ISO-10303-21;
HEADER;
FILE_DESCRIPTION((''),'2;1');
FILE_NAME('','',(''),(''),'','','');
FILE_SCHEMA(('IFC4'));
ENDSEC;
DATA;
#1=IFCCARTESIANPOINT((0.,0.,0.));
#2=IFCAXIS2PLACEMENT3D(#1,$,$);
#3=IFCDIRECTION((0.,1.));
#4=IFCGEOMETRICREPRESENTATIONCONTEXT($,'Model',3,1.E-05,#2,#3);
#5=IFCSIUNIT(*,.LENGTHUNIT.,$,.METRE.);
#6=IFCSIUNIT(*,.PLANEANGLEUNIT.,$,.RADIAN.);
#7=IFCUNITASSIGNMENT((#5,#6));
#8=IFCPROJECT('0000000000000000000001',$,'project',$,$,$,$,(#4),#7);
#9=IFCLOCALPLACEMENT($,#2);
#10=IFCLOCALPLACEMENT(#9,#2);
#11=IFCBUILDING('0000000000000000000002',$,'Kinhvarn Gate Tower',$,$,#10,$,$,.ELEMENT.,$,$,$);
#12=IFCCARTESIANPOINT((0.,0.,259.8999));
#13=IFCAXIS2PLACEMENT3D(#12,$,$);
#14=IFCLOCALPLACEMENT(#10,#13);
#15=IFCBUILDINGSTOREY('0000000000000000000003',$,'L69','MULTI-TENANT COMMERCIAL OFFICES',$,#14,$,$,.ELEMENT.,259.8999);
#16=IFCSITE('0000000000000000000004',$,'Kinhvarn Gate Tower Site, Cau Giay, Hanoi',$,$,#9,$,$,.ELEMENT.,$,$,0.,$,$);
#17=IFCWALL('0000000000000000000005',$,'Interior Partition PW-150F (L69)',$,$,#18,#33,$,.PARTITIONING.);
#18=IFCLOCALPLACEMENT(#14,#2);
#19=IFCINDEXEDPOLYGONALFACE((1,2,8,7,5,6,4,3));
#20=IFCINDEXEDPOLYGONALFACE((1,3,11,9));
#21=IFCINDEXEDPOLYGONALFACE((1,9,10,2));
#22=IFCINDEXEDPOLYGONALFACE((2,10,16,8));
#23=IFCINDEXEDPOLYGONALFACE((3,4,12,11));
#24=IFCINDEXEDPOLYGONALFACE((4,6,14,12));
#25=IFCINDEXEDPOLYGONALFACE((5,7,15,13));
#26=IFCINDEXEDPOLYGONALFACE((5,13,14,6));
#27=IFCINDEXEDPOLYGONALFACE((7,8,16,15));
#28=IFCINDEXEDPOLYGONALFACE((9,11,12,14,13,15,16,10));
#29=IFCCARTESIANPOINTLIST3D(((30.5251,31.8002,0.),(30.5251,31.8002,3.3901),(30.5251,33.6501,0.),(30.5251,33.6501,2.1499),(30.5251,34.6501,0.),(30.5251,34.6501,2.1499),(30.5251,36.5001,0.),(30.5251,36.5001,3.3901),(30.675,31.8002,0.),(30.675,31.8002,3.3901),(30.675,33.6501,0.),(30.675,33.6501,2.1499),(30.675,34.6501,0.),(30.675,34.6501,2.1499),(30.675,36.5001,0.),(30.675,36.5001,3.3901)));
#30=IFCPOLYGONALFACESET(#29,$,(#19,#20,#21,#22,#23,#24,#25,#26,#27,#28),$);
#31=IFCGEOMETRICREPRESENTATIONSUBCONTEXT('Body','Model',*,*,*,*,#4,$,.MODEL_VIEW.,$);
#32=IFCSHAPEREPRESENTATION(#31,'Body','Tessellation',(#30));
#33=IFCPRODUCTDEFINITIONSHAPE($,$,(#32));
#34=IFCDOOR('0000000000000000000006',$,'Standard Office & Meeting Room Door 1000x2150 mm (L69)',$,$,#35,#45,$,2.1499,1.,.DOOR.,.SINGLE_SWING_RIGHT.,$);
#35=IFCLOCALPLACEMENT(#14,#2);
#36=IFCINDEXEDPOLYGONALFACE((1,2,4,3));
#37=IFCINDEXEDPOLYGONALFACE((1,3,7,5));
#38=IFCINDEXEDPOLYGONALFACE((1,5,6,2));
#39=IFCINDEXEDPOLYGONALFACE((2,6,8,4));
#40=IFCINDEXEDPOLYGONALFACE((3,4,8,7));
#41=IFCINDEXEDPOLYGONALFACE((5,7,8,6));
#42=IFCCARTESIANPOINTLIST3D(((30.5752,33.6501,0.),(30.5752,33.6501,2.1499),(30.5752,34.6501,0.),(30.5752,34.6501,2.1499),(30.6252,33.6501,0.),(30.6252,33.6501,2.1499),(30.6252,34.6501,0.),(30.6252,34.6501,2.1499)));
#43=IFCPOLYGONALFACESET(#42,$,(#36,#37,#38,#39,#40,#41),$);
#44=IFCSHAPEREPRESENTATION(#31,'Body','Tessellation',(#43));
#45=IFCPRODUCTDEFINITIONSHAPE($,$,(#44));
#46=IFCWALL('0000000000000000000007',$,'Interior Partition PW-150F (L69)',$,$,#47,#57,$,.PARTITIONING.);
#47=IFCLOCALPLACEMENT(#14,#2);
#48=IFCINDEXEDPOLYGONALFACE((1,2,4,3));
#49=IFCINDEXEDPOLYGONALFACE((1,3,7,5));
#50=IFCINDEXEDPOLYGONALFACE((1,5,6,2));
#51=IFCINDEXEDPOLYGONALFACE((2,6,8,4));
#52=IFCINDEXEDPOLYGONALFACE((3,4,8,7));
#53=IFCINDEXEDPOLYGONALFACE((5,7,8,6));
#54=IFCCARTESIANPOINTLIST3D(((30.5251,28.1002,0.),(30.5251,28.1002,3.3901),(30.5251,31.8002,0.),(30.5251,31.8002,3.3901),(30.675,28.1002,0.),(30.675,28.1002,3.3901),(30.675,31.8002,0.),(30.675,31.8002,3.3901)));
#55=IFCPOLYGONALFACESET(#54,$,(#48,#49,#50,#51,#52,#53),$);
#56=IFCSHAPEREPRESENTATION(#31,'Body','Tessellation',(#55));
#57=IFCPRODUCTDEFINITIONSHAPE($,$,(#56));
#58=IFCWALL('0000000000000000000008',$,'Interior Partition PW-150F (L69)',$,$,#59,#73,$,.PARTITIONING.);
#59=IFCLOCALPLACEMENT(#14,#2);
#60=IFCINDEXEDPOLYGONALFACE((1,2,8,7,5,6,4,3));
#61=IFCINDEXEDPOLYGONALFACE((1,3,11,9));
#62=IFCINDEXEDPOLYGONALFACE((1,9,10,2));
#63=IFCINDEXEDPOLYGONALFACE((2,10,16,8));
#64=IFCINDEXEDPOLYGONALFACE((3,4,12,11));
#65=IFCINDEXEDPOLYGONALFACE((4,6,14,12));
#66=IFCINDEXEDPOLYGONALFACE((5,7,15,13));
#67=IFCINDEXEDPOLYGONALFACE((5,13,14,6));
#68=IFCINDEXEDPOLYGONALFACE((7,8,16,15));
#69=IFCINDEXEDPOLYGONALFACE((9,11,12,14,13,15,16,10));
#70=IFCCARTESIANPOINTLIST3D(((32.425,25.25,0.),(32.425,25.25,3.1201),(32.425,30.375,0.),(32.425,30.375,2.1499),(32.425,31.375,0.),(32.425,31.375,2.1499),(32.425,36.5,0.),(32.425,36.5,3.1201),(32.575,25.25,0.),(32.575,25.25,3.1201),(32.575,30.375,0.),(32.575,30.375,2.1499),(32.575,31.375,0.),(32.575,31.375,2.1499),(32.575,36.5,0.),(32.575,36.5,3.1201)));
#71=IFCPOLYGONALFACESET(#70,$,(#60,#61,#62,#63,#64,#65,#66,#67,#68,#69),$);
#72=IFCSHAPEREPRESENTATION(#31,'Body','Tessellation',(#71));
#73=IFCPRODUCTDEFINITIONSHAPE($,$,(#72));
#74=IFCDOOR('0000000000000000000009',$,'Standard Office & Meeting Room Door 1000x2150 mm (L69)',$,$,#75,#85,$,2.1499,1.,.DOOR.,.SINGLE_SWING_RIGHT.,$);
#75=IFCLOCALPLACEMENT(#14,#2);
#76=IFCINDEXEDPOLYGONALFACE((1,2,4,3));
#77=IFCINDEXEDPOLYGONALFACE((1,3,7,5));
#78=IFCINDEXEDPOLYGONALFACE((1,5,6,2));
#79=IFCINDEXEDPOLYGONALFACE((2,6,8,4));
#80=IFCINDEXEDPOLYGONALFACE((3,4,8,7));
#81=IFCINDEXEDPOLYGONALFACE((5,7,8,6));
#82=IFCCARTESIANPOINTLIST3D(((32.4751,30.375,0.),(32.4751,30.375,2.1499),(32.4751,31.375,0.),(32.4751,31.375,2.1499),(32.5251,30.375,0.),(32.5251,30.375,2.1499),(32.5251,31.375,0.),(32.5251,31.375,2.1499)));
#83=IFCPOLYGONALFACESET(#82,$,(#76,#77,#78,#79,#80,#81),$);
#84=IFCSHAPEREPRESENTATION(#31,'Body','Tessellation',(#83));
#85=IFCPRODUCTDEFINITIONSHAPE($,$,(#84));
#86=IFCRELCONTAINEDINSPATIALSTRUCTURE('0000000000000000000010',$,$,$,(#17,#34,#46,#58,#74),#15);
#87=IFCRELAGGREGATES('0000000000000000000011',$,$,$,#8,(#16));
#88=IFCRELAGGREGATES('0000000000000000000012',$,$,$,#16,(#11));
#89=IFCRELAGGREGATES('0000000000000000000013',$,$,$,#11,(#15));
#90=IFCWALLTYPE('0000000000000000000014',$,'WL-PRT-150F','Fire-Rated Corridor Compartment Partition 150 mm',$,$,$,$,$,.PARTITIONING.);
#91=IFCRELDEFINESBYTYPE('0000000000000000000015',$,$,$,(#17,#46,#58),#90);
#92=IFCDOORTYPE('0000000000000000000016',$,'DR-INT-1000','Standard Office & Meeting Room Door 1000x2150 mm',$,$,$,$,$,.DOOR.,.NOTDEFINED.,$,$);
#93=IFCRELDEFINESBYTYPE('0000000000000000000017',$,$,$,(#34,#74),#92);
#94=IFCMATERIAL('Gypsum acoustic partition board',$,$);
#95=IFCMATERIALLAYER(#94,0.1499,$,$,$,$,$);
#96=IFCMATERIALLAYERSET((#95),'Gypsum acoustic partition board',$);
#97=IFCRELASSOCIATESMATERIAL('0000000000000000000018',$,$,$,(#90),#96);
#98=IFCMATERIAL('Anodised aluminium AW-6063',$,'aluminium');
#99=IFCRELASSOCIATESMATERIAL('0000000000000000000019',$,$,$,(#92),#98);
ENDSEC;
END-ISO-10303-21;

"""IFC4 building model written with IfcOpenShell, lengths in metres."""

from ifc_helpers import new_model, si_unit, direction, frame, frame_2d, origin, place, context, subcontext, project, spatial, rectangle, extrude, material, layer, layer_set, type_object, element, fill, save


model = new_model("IFC4")

# Units and contexts
model_context = context("Model", 3, precision=1e-05, world=origin(), true_north=direction((0.0, 1.0)))
body_context = subcontext(model_context, "Body", "Model", "MODEL_VIEW")
ifc_project = project(units=[si_unit("LENGTHUNIT", "METRE"), si_unit("PLANEANGLEUNIT", "RADIAN")], contexts=[model_context])

# Site, building, storey
site_placement = place(None, origin())
site = spatial("IfcSite", under=ifc_project, at=site_placement, Name="Kinhvarn Gate Tower Site, Cau Giay, Hanoi", CompositionType="ELEMENT", RefElevation=0.0)
building_placement = place(site_placement, origin())
building = spatial("IfcBuilding", under=site, at=building_placement, Name="Kinhvarn Gate Tower", CompositionType="ELEMENT")
storey_placement = place(building_placement, frame((0.0, 0.0, 259.8999)))
storey = spatial("IfcBuildingStorey", under=building, at=storey_placement, Name="L69", Description="MULTI-TENANT COMMERCIAL OFFICES", CompositionType="ELEMENT", Elevation=259.8999)

# Shared definitions
ifc_material_1 = material(Name="Gypsum acoustic partition board")

# Wall, opening, door
ifc_layer_1 = layer(ifc_material_1, 0.1499)
ifc_layer_set_1 = layer_set([ifc_layer_1], Name="Gypsum acoustic partition board")
wall_type_1 = type_object("IfcWallType", Name="WL-PRT-150F", Description="Fire-Rated Corridor Compartment Partition 150 mm", PredefinedType="PARTITIONING", material=ifc_layer_set_1)
wall_1_placement = place(storey_placement, frame((30.6001, 31.8, 0.0), z_axis=(0.0, 0.0, 1.0), x_axis=(0.0, 1.0, 0.0)))
wall_1 = element("IfcWall", 1, at=wall_1_placement, inside=storey, type_object=wall_type_1, Name="Interior Partition PW-150F (L69)", PredefinedType="PARTITIONING", context=body_context, shape_type="SweptSolid", body=[
    extrude(rectangle(XDim=4.7, YDim=0.1499, at=frame_2d((2.3501, 0.0))), origin(), (0.0, 0.0, 1.0), 3.3901),
])
opening_1_placement = place(wall_1_placement, frame((1.8501, 0.0, 0.0)))
opening_1 = element("IfcOpeningElement", 2, at=opening_1_placement, cuts=wall_1, PredefinedType="OPENING", context=body_context, shape_type="SweptSolid", body=[
    extrude(rectangle(XDim=1.0, YDim=2.1499, at=frame_2d((0.5, 1.075))), frame((0.0, 0.085, 0.0), z_axis=(0.0, -1.0, 0.0), x_axis=(1.0, 0.0, 0.0)), (0.0, 0.0, 1.0), 0.1699),
])
ifc_material_2 = material(Name="Anodised aluminium AW-6063", Category="aluminium")
door_type = type_object("IfcDoorType", Name="DR-INT-1000", Description="Standard Office & Meeting Room Door 1000x2150 mm", OperationType="NOTDEFINED", PredefinedType="DOOR", material=ifc_material_2)
door_1_placement = place(opening_1_placement, origin())
door_1 = element("IfcDoor", 3, at=door_1_placement, inside=storey, type_object=door_type, Name="Standard Office & Meeting Room Door 1000x2150 mm (L69)", OperationType="SINGLE_SWING_RIGHT", OverallHeight=2.1499, OverallWidth=1.0, PredefinedType="DOOR", context=body_context, shape_type="SweptSolid", body=[
    extrude(rectangle(XDim=1.0, YDim=2.1499, at=frame_2d((0.5, 1.075))), frame((0.0, 0.0249, 0.0), z_axis=(0.0, -1.0, 0.0), x_axis=(1.0, 0.0, 0.0)), (0.0, 0.0, 1.0), 0.05),
])
fill(opening_1, door_1)

# Wall
wall_2_placement = place(storey_placement, frame((30.6001, 28.1001, 0.0), z_axis=(0.0, 0.0, 1.0), x_axis=(0.0, 1.0, 0.0)))
element("IfcWall", 4, at=wall_2_placement, inside=storey, type_object=wall_type_1, Name="Interior Partition PW-150F (L69)", PredefinedType="PARTITIONING", context=body_context, shape_type="SweptSolid", body=[
    extrude(rectangle(XDim=3.7, YDim=0.1499, at=frame_2d((1.8501, 0.0))), origin(), (0.0, 0.0, 1.0), 3.3901),
])

# Wall, opening, door
wall_3_placement = place(storey_placement, frame((32.5, 25.25, 0.0), z_axis=(0.0, 0.0, 1.0), x_axis=(0.0, 1.0, 0.0)))
wall_3 = element("IfcWall", 5, at=wall_3_placement, inside=storey, type_object=wall_type_1, Name="Interior Partition PW-150F (L69)", PredefinedType="PARTITIONING", context=body_context, shape_type="SweptSolid", body=[
    extrude(rectangle(XDim=11.25, YDim=0.1499, at=frame_2d((5.625, 0.0))), origin(), (0.0, 0.0, 1.0), 3.1201),
])
opening_2_placement = place(wall_3_placement, frame((5.125, 0.0, 0.0)))
opening_2 = element("IfcOpeningElement", 6, at=opening_2_placement, cuts=wall_3, PredefinedType="OPENING", context=body_context, shape_type="SweptSolid", body=[
    extrude(rectangle(XDim=1.0, YDim=2.1499, at=frame_2d((0.5, 1.075))), frame((0.0, 0.085, 0.0), z_axis=(0.0, -1.0, 0.0), x_axis=(1.0, 0.0, 0.0)), (0.0, 0.0, 1.0), 0.1699),
])
door_2_placement = place(opening_2_placement, origin())
door_2 = element("IfcDoor", 7, at=door_2_placement, inside=storey, type_object=door_type, Name="Standard Office & Meeting Room Door 1000x2150 mm (L69)", OperationType="SINGLE_SWING_RIGHT", OverallHeight=2.1499, OverallWidth=1.0, PredefinedType="DOOR", context=body_context, shape_type="SweptSolid", body=[
    extrude(rectangle(XDim=1.0, YDim=2.1499, at=frame_2d((0.5, 1.075))), frame((0.0, 0.0249, 0.0), z_axis=(0.0, -1.0, 0.0), x_axis=(1.0, 0.0, 0.0)), (0.0, 0.0, 1.0), 0.05),
])
fill(opening_2, door_2)

save(model, "model.ifc")
